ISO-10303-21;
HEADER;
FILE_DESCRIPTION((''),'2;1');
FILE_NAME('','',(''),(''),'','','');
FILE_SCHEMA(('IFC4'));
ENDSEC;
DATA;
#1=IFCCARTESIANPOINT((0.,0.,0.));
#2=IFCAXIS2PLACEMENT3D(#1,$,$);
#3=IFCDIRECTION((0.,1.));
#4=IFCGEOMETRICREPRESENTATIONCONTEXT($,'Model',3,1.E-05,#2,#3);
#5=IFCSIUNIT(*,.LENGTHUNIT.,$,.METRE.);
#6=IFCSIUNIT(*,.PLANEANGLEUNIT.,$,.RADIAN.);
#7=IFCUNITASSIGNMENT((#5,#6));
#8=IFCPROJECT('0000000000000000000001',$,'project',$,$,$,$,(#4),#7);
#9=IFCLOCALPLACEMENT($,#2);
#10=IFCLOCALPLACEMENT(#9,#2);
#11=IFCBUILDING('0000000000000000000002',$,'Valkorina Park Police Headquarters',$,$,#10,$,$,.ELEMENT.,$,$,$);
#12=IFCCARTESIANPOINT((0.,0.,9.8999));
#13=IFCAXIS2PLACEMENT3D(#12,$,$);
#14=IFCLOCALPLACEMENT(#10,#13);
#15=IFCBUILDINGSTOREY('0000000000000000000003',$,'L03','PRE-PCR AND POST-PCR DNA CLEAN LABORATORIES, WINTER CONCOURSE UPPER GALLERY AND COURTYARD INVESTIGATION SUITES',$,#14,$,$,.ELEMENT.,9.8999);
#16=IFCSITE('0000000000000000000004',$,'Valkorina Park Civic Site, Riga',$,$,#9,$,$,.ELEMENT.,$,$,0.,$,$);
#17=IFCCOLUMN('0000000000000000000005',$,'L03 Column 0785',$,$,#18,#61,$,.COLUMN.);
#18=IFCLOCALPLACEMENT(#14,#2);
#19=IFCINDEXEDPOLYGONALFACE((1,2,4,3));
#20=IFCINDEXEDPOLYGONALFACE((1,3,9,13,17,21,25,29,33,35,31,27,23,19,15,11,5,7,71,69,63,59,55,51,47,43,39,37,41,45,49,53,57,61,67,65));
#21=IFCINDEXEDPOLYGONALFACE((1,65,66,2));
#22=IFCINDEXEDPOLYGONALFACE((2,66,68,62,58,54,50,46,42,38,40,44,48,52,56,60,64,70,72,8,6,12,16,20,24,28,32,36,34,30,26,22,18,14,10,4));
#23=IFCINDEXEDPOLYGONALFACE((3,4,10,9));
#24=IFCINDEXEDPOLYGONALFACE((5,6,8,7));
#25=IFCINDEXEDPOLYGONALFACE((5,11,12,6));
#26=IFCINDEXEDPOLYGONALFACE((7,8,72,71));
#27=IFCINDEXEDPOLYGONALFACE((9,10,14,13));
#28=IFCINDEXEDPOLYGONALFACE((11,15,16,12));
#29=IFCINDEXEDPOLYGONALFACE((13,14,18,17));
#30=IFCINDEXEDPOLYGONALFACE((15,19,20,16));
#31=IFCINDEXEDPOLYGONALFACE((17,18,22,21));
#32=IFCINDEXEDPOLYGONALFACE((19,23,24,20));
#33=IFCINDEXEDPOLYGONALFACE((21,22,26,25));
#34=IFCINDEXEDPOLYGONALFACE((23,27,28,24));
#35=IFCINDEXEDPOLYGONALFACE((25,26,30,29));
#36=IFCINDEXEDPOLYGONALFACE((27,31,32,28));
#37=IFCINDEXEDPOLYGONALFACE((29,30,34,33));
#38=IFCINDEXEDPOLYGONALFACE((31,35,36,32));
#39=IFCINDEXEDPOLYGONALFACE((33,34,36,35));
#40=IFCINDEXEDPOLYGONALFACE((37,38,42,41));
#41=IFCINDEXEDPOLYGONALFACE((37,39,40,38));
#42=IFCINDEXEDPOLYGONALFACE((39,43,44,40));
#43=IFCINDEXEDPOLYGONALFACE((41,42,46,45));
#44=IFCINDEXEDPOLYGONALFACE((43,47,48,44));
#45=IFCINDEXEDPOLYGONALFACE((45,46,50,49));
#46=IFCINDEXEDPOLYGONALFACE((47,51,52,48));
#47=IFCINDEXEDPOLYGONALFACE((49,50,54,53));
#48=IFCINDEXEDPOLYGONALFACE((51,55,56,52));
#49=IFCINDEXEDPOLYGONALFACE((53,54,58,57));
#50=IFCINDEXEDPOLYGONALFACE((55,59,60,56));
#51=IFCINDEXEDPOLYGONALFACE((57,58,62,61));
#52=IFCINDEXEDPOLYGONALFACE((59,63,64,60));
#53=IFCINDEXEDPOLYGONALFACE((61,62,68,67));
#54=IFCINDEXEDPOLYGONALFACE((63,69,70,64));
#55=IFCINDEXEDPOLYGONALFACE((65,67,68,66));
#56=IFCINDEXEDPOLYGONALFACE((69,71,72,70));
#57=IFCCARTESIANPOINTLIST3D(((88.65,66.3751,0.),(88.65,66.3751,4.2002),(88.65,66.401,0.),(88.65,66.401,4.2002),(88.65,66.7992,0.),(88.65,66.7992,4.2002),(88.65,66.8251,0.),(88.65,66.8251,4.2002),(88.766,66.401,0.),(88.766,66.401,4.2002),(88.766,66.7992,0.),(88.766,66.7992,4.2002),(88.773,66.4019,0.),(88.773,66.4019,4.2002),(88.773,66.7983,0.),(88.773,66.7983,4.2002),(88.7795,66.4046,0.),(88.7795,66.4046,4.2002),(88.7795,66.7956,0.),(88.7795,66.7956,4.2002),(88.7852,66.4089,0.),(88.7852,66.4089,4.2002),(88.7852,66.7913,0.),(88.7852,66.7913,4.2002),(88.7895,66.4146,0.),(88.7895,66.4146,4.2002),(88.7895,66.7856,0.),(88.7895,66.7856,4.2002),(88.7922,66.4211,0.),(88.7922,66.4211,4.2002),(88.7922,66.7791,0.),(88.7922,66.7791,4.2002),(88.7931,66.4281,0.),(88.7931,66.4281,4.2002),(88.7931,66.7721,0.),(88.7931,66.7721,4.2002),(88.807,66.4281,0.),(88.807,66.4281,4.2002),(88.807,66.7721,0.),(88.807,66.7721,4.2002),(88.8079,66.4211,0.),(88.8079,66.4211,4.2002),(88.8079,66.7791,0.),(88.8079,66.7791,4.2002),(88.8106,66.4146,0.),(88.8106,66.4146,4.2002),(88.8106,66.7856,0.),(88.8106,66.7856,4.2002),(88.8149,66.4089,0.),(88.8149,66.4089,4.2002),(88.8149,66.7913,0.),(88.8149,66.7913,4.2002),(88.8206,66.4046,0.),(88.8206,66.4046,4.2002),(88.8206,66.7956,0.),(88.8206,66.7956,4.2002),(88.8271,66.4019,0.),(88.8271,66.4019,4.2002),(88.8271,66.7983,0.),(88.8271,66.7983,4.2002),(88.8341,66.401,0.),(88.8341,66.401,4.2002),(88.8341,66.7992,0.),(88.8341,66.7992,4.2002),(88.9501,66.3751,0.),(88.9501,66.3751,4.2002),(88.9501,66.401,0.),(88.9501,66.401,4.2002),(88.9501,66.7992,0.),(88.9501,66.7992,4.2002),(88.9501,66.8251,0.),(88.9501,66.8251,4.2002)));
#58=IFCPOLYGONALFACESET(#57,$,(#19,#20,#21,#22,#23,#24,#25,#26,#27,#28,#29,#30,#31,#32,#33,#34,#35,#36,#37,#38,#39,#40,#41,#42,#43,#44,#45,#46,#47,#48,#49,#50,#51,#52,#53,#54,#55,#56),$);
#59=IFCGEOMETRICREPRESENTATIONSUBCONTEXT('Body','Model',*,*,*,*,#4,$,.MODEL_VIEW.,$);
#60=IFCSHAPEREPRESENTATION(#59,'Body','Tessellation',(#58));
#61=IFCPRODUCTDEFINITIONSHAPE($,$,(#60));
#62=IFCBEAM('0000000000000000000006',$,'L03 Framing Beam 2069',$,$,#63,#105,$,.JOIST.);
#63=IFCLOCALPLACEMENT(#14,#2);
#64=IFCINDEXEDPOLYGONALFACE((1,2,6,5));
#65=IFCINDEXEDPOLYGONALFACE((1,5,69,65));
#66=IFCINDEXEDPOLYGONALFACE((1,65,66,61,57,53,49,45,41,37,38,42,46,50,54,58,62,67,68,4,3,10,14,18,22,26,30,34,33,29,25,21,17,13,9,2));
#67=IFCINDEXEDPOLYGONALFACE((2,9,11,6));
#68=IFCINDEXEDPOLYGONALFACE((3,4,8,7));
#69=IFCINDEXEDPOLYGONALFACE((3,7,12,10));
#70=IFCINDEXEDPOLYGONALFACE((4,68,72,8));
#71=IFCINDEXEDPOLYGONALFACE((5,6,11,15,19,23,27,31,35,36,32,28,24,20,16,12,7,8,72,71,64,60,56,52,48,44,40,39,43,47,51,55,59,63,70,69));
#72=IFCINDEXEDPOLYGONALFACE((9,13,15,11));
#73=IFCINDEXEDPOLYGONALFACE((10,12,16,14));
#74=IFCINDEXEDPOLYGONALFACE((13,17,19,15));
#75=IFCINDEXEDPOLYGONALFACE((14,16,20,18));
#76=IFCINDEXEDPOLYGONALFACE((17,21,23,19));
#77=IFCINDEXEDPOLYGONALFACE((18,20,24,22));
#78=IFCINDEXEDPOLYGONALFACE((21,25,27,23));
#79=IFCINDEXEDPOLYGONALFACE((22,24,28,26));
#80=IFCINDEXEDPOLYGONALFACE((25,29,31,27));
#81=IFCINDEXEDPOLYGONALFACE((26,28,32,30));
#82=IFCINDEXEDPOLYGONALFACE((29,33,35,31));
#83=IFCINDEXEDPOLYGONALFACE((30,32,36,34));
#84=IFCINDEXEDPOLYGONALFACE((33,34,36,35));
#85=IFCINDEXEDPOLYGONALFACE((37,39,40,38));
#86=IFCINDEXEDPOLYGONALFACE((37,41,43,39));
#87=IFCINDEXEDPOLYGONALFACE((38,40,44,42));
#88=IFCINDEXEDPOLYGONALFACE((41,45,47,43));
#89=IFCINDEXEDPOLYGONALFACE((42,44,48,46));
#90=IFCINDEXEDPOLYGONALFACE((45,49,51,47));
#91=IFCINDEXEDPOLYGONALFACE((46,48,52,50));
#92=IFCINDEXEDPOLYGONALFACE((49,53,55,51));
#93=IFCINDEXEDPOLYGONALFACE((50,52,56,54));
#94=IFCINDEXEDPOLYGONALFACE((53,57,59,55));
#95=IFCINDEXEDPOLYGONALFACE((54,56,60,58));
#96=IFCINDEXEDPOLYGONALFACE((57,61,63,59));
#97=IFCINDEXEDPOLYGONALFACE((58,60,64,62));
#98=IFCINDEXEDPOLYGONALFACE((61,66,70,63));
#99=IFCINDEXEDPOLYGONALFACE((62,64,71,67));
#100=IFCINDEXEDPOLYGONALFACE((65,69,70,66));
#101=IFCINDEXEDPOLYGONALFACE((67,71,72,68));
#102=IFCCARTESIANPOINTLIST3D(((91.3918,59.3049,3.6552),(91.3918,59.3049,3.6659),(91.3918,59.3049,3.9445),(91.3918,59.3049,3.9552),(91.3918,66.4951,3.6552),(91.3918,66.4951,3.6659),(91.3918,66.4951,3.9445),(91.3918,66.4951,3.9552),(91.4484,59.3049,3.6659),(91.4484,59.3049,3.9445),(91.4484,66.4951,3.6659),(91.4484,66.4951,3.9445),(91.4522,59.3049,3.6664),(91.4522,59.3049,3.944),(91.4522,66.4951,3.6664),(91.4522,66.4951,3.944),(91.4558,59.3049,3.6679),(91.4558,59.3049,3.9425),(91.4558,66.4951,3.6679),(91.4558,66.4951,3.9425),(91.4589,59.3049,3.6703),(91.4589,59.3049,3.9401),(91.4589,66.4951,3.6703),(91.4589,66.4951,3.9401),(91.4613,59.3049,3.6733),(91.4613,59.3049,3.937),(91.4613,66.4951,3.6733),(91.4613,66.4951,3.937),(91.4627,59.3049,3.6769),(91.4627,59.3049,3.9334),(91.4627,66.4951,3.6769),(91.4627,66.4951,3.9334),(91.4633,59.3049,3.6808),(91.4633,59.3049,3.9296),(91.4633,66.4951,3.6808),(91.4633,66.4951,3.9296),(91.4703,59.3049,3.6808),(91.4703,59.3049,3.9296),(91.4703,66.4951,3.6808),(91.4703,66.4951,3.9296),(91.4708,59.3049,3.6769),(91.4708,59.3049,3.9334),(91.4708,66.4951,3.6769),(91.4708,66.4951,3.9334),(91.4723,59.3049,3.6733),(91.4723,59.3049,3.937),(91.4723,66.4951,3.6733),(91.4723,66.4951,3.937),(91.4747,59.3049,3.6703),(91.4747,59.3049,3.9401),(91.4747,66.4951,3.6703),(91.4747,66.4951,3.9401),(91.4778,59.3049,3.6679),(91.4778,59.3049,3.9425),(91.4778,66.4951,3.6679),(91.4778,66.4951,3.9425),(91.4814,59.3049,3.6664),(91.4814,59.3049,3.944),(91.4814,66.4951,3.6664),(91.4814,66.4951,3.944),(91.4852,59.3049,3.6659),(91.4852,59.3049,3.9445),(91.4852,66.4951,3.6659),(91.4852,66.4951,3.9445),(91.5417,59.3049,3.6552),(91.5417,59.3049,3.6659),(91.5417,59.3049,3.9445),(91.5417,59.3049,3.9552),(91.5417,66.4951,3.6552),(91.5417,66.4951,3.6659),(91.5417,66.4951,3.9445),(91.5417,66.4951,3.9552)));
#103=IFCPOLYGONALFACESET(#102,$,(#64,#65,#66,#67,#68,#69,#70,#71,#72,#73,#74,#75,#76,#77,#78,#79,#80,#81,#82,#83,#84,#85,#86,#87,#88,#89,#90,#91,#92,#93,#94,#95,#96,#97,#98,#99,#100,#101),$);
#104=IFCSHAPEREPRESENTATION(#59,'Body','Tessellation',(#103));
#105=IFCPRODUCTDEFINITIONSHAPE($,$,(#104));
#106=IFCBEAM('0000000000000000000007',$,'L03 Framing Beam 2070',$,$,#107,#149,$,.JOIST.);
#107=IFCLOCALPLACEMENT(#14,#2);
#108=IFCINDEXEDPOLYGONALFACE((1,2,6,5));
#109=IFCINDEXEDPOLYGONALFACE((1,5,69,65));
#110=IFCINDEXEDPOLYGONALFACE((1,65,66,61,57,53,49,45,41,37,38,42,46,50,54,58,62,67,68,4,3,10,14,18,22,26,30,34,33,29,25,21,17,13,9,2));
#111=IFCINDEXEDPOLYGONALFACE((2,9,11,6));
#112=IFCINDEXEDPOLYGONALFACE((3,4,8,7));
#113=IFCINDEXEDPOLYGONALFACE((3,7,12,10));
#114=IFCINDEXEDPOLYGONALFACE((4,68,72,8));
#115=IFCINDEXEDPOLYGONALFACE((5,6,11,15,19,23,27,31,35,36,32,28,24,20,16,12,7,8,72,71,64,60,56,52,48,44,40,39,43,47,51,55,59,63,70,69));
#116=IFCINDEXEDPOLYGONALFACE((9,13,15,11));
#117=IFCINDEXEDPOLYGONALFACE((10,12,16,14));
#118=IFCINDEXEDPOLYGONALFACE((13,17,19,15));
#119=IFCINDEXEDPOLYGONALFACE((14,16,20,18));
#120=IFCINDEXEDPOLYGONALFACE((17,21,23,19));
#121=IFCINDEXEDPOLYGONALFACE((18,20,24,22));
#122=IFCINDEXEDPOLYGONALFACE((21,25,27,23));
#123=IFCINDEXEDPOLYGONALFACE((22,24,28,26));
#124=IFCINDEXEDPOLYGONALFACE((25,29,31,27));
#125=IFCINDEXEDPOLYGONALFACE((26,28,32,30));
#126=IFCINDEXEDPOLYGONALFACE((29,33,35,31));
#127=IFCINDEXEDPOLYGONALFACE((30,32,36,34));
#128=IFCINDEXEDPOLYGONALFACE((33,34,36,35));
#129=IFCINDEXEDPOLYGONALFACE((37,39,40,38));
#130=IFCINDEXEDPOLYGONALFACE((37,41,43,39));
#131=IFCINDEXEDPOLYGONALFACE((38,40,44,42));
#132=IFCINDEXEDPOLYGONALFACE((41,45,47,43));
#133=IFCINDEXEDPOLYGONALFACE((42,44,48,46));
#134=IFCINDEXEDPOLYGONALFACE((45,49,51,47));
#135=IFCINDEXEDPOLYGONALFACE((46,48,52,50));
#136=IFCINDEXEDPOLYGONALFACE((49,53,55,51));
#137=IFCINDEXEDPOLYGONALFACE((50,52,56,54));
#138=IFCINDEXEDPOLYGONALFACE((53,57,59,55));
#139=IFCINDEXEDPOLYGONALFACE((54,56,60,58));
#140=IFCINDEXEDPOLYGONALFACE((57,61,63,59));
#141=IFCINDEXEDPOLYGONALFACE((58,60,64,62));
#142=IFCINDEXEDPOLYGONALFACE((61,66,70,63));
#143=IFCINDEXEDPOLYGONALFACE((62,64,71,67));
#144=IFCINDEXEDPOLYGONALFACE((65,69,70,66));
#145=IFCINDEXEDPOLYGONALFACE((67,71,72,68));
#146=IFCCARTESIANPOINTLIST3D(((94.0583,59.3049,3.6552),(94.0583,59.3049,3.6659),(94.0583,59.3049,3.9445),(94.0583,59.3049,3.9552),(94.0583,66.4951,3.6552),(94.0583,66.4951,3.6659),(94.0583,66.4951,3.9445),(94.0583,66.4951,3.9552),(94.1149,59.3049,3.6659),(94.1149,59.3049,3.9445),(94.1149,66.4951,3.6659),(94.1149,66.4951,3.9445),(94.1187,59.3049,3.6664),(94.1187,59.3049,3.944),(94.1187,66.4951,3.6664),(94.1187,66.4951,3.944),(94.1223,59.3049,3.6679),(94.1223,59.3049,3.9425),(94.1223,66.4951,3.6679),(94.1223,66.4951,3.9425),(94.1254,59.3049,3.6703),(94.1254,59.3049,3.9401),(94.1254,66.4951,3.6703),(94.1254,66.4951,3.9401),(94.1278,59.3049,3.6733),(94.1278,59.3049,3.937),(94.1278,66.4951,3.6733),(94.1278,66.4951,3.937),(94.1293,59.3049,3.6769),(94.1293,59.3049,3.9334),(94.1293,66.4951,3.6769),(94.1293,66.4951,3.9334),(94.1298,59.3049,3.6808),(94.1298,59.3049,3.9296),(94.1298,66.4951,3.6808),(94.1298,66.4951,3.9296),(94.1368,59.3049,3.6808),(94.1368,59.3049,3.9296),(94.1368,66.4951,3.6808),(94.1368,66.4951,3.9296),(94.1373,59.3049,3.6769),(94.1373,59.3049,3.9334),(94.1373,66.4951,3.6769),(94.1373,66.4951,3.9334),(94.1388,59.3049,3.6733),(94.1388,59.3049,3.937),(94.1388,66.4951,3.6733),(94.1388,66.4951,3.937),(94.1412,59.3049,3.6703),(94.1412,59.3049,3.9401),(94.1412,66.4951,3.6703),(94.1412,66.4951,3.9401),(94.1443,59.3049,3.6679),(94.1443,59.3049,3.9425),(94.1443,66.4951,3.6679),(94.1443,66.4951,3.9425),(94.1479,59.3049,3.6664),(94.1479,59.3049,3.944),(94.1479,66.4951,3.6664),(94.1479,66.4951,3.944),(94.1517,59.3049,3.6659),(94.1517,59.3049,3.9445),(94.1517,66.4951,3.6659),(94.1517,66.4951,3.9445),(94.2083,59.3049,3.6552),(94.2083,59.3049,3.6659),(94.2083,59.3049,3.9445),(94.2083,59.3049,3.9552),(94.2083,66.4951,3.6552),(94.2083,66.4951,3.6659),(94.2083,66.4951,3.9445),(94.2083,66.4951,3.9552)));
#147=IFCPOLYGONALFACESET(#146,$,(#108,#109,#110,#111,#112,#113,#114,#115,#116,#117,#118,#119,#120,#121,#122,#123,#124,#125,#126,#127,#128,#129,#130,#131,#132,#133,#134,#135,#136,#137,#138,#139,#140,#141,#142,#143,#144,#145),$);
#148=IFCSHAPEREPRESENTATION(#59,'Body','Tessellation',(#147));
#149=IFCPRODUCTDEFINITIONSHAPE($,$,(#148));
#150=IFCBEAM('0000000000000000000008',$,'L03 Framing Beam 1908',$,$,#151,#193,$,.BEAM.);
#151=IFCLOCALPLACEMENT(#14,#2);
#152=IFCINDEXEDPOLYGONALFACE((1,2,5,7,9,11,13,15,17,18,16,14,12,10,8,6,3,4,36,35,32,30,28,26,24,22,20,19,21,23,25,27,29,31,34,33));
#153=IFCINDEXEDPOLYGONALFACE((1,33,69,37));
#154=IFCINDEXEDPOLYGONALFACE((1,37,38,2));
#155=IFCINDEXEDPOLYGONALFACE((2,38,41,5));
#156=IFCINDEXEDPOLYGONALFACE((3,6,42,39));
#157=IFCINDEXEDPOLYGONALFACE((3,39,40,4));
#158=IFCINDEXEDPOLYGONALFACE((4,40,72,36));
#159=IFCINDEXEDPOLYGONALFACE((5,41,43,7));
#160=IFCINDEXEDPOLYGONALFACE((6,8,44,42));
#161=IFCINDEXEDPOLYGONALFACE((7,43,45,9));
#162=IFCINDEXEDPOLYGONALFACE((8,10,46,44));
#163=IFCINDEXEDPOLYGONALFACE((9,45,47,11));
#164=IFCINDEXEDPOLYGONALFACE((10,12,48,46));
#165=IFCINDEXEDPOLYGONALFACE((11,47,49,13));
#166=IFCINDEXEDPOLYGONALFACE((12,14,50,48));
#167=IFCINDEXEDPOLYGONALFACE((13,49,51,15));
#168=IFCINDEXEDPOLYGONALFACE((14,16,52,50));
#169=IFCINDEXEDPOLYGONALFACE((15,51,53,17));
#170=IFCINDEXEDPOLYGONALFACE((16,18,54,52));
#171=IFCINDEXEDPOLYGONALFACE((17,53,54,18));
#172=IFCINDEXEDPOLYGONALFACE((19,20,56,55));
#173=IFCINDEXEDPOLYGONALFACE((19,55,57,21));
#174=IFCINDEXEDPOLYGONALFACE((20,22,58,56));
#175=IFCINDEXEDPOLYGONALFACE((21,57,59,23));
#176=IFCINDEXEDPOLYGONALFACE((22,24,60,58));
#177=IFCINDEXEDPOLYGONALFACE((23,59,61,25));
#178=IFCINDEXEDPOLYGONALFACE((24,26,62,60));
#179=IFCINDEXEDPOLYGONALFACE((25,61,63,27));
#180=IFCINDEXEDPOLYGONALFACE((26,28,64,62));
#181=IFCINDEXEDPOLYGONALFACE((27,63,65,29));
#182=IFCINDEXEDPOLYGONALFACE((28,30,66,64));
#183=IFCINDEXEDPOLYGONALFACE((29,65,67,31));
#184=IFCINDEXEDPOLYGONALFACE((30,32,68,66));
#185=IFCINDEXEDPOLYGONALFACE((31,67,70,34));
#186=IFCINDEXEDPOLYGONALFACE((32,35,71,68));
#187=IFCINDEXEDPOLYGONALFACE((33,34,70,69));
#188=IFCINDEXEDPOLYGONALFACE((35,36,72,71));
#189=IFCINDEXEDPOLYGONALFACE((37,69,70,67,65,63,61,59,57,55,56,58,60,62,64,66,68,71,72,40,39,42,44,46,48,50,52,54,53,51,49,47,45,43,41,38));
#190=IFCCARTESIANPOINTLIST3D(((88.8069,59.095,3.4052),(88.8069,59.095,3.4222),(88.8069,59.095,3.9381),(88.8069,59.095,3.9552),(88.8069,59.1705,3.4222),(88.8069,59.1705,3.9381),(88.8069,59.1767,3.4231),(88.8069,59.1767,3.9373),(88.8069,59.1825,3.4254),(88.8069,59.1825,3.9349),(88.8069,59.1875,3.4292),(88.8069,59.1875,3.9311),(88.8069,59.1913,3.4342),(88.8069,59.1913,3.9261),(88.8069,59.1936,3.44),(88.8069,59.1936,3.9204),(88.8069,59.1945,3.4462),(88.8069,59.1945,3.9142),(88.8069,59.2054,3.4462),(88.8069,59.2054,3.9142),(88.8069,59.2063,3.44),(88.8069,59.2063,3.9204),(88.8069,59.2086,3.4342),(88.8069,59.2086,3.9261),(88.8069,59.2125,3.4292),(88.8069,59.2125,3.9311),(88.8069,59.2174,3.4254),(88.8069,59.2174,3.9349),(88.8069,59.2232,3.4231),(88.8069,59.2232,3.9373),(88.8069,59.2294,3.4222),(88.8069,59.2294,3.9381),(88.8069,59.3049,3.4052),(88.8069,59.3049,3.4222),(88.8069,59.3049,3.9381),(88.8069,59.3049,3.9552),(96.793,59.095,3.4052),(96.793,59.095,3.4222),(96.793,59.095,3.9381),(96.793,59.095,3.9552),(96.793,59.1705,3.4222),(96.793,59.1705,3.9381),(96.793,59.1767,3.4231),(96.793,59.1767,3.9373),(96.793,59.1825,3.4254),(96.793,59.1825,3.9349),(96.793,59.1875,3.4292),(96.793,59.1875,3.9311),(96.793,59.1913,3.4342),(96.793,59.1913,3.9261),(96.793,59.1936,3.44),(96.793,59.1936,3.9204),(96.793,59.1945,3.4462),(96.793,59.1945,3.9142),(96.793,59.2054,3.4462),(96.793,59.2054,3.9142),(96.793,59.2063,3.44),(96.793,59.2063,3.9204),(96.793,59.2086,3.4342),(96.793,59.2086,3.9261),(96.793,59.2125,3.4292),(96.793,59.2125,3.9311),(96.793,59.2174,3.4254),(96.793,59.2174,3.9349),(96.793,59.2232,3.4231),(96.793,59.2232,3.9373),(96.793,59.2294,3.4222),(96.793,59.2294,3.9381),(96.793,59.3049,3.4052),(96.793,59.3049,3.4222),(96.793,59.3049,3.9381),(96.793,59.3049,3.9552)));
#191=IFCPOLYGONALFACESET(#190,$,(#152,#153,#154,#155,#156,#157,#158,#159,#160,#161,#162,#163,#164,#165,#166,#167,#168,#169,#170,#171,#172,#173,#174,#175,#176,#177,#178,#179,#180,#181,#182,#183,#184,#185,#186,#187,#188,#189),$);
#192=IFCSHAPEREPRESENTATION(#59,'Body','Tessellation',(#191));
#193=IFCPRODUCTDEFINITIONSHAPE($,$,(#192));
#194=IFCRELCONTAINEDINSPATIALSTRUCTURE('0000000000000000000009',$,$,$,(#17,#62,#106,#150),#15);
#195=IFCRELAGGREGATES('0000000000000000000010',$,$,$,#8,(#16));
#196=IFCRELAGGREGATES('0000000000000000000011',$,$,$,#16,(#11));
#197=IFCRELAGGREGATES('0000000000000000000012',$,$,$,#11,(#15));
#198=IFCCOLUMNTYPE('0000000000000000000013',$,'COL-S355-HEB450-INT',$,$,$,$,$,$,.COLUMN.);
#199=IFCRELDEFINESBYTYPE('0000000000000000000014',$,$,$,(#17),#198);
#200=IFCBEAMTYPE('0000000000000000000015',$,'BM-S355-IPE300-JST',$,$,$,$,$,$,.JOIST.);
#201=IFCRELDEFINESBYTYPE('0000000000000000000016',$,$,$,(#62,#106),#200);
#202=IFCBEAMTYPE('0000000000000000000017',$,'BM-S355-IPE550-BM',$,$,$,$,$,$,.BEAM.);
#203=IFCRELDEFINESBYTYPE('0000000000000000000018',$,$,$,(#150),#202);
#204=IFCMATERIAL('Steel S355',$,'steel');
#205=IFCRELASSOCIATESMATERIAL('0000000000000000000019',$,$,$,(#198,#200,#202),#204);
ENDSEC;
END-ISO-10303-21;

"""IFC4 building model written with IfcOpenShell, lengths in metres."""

from ifc_helpers import new_model, si_unit, direction, frame, origin, origin_2d, place, context, subcontext, project, spatial, i_section, extrude, material, material_profile, profile_set, type_object, element, save


model = new_model("IFC4")

# Units and contexts
model_context = context("Model", 3, precision=1e-05, world=origin(), true_north=direction((0.0, 1.0)))
body_context = subcontext(model_context, "Body", "Model", "MODEL_VIEW")
ifc_project = project(units=[si_unit("LENGTHUNIT", "METRE"), si_unit("PLANEANGLEUNIT", "RADIAN")], contexts=[model_context])

# Site, building, storey
site_placement = place(None, origin())
site = spatial("IfcSite", under=ifc_project, at=site_placement, Name="Valkorina Park Civic Site, Riga", CompositionType="ELEMENT", RefElevation=0.0)
building_placement = place(site_placement, origin())
building = spatial("IfcBuilding", under=site, at=building_placement, Name="Valkorina Park Police Headquarters", CompositionType="ELEMENT")
storey_placement = place(building_placement, frame((0.0, 0.0, 9.8999)))
storey = spatial("IfcBuildingStorey", under=building, at=storey_placement, Name="L03", Description="PRE-PCR AND POST-PCR DNA CLEAN LABORATORIES, WINTER CONCOURSE UPPER GALLERY AND COURTYARD INVESTIGATION SUITES", CompositionType="ELEMENT", Elevation=9.8999)

# Column
ifc_material_1 = material(Name="Steel S355", Category="steel")
ifc_material_profile_1 = material_profile(ifc_material_1, i_section(OverallWidth=0.3, OverallDepth=0.45, WebThickness=0.0139, FlangeThickness=0.0259, FilletRadius=0.0271, at=origin_2d()), Name="HEB 450")
ifc_profile_set_1 = profile_set([ifc_material_profile_1], Name="Steel S355")
column_type = type_object("IfcColumnType", Name="COL-S355-HEB450-INT", PredefinedType="COLUMN", material=ifc_profile_set_1)
column_placement = place(storey_placement, frame((88.8, 66.6001, 0.0), z_axis=(0.0, 0.0, 1.0), x_axis=(1.0, 0.0, 0.0)))
element("IfcColumn", 1, at=column_placement, inside=storey, type_object=column_type, Name="L03 Column 0785", PredefinedType="COLUMN", context=body_context, shape_type="SweptSolid", body=[
    extrude(i_section(OverallWidth=0.3, OverallDepth=0.45, WebThickness=0.0139, FlangeThickness=0.0259, FilletRadius=0.0271, at=origin_2d()), origin(), (0.0, 0.0, 1.0), 4.2002),
])

# Beams
ifc_material_profile_2 = material_profile(ifc_material_1, i_section(OverallWidth=0.1499, OverallDepth=0.3, WebThickness=0.0071, FlangeThickness=0.0107, FilletRadius=0.0149, at=origin_2d()), Name="IPE 300")
ifc_profile_set_2 = profile_set([ifc_material_profile_2], Name="Steel S355")
beam_type_1 = type_object("IfcBeamType", Name="BM-S355-IPE300-JST", PredefinedType="JOIST", material=ifc_profile_set_2)
for number, where, z_axis, x_axis, name in (
    (2, (91.4668, 59.3049, 3.8052), (0.0, 1.0, 0.0), (-1.0, 0.0, 0.0), "L03 Framing Beam 2069"),
    (3, (94.1333, 59.3049, 3.8052), (0.0, 1.0, 0.0), (-1.0, 0.0, 0.0), "L03 Framing Beam 2070"),
):
    element("IfcBeam", number, at=place(storey_placement, frame(where, z_axis=z_axis, x_axis=x_axis)), inside=storey, type_object=beam_type_1, Name=name, PredefinedType="JOIST", context=body_context, shape_type="SweptSolid", body=[
        extrude(i_section(OverallWidth=0.1499, OverallDepth=0.3, WebThickness=0.0071, FlangeThickness=0.0107, FilletRadius=0.0149, at=origin_2d()), origin(), (0.0, 0.0, 1.0), 7.1902),
    ])
ifc_material_profile_3 = material_profile(ifc_material_1, i_section(OverallWidth=0.21, OverallDepth=0.55, WebThickness=0.011, FlangeThickness=0.0171, FilletRadius=0.0239, at=origin_2d()), Name="IPE 550")
ifc_profile_set_3 = profile_set([ifc_material_profile_3], Name="Steel S355")
beam_type_2 = type_object("IfcBeamType", Name="BM-S355-IPE550-BM", PredefinedType="BEAM", material=ifc_profile_set_3)
for number, where, z_axis, x_axis, name in (
    (4, (88.8069, 59.2, 3.6802), (1.0, 0.0, 0.0), (0.0, 1.0, 0.0), "L03 Framing Beam 1908"),
):
    element("IfcBeam", number, at=place(storey_placement, frame(where, z_axis=z_axis, x_axis=x_axis)), inside=storey, type_object=beam_type_2, Name=name, PredefinedType="BEAM", context=body_context, shape_type="SweptSolid", body=[
        extrude(i_section(OverallWidth=0.21, OverallDepth=0.55, WebThickness=0.011, FlangeThickness=0.0171, FilletRadius=0.0239, at=origin_2d()), origin(), (0.0, 0.0, 1.0), 7.9861),
    ])

save(model, "model.ifc")
